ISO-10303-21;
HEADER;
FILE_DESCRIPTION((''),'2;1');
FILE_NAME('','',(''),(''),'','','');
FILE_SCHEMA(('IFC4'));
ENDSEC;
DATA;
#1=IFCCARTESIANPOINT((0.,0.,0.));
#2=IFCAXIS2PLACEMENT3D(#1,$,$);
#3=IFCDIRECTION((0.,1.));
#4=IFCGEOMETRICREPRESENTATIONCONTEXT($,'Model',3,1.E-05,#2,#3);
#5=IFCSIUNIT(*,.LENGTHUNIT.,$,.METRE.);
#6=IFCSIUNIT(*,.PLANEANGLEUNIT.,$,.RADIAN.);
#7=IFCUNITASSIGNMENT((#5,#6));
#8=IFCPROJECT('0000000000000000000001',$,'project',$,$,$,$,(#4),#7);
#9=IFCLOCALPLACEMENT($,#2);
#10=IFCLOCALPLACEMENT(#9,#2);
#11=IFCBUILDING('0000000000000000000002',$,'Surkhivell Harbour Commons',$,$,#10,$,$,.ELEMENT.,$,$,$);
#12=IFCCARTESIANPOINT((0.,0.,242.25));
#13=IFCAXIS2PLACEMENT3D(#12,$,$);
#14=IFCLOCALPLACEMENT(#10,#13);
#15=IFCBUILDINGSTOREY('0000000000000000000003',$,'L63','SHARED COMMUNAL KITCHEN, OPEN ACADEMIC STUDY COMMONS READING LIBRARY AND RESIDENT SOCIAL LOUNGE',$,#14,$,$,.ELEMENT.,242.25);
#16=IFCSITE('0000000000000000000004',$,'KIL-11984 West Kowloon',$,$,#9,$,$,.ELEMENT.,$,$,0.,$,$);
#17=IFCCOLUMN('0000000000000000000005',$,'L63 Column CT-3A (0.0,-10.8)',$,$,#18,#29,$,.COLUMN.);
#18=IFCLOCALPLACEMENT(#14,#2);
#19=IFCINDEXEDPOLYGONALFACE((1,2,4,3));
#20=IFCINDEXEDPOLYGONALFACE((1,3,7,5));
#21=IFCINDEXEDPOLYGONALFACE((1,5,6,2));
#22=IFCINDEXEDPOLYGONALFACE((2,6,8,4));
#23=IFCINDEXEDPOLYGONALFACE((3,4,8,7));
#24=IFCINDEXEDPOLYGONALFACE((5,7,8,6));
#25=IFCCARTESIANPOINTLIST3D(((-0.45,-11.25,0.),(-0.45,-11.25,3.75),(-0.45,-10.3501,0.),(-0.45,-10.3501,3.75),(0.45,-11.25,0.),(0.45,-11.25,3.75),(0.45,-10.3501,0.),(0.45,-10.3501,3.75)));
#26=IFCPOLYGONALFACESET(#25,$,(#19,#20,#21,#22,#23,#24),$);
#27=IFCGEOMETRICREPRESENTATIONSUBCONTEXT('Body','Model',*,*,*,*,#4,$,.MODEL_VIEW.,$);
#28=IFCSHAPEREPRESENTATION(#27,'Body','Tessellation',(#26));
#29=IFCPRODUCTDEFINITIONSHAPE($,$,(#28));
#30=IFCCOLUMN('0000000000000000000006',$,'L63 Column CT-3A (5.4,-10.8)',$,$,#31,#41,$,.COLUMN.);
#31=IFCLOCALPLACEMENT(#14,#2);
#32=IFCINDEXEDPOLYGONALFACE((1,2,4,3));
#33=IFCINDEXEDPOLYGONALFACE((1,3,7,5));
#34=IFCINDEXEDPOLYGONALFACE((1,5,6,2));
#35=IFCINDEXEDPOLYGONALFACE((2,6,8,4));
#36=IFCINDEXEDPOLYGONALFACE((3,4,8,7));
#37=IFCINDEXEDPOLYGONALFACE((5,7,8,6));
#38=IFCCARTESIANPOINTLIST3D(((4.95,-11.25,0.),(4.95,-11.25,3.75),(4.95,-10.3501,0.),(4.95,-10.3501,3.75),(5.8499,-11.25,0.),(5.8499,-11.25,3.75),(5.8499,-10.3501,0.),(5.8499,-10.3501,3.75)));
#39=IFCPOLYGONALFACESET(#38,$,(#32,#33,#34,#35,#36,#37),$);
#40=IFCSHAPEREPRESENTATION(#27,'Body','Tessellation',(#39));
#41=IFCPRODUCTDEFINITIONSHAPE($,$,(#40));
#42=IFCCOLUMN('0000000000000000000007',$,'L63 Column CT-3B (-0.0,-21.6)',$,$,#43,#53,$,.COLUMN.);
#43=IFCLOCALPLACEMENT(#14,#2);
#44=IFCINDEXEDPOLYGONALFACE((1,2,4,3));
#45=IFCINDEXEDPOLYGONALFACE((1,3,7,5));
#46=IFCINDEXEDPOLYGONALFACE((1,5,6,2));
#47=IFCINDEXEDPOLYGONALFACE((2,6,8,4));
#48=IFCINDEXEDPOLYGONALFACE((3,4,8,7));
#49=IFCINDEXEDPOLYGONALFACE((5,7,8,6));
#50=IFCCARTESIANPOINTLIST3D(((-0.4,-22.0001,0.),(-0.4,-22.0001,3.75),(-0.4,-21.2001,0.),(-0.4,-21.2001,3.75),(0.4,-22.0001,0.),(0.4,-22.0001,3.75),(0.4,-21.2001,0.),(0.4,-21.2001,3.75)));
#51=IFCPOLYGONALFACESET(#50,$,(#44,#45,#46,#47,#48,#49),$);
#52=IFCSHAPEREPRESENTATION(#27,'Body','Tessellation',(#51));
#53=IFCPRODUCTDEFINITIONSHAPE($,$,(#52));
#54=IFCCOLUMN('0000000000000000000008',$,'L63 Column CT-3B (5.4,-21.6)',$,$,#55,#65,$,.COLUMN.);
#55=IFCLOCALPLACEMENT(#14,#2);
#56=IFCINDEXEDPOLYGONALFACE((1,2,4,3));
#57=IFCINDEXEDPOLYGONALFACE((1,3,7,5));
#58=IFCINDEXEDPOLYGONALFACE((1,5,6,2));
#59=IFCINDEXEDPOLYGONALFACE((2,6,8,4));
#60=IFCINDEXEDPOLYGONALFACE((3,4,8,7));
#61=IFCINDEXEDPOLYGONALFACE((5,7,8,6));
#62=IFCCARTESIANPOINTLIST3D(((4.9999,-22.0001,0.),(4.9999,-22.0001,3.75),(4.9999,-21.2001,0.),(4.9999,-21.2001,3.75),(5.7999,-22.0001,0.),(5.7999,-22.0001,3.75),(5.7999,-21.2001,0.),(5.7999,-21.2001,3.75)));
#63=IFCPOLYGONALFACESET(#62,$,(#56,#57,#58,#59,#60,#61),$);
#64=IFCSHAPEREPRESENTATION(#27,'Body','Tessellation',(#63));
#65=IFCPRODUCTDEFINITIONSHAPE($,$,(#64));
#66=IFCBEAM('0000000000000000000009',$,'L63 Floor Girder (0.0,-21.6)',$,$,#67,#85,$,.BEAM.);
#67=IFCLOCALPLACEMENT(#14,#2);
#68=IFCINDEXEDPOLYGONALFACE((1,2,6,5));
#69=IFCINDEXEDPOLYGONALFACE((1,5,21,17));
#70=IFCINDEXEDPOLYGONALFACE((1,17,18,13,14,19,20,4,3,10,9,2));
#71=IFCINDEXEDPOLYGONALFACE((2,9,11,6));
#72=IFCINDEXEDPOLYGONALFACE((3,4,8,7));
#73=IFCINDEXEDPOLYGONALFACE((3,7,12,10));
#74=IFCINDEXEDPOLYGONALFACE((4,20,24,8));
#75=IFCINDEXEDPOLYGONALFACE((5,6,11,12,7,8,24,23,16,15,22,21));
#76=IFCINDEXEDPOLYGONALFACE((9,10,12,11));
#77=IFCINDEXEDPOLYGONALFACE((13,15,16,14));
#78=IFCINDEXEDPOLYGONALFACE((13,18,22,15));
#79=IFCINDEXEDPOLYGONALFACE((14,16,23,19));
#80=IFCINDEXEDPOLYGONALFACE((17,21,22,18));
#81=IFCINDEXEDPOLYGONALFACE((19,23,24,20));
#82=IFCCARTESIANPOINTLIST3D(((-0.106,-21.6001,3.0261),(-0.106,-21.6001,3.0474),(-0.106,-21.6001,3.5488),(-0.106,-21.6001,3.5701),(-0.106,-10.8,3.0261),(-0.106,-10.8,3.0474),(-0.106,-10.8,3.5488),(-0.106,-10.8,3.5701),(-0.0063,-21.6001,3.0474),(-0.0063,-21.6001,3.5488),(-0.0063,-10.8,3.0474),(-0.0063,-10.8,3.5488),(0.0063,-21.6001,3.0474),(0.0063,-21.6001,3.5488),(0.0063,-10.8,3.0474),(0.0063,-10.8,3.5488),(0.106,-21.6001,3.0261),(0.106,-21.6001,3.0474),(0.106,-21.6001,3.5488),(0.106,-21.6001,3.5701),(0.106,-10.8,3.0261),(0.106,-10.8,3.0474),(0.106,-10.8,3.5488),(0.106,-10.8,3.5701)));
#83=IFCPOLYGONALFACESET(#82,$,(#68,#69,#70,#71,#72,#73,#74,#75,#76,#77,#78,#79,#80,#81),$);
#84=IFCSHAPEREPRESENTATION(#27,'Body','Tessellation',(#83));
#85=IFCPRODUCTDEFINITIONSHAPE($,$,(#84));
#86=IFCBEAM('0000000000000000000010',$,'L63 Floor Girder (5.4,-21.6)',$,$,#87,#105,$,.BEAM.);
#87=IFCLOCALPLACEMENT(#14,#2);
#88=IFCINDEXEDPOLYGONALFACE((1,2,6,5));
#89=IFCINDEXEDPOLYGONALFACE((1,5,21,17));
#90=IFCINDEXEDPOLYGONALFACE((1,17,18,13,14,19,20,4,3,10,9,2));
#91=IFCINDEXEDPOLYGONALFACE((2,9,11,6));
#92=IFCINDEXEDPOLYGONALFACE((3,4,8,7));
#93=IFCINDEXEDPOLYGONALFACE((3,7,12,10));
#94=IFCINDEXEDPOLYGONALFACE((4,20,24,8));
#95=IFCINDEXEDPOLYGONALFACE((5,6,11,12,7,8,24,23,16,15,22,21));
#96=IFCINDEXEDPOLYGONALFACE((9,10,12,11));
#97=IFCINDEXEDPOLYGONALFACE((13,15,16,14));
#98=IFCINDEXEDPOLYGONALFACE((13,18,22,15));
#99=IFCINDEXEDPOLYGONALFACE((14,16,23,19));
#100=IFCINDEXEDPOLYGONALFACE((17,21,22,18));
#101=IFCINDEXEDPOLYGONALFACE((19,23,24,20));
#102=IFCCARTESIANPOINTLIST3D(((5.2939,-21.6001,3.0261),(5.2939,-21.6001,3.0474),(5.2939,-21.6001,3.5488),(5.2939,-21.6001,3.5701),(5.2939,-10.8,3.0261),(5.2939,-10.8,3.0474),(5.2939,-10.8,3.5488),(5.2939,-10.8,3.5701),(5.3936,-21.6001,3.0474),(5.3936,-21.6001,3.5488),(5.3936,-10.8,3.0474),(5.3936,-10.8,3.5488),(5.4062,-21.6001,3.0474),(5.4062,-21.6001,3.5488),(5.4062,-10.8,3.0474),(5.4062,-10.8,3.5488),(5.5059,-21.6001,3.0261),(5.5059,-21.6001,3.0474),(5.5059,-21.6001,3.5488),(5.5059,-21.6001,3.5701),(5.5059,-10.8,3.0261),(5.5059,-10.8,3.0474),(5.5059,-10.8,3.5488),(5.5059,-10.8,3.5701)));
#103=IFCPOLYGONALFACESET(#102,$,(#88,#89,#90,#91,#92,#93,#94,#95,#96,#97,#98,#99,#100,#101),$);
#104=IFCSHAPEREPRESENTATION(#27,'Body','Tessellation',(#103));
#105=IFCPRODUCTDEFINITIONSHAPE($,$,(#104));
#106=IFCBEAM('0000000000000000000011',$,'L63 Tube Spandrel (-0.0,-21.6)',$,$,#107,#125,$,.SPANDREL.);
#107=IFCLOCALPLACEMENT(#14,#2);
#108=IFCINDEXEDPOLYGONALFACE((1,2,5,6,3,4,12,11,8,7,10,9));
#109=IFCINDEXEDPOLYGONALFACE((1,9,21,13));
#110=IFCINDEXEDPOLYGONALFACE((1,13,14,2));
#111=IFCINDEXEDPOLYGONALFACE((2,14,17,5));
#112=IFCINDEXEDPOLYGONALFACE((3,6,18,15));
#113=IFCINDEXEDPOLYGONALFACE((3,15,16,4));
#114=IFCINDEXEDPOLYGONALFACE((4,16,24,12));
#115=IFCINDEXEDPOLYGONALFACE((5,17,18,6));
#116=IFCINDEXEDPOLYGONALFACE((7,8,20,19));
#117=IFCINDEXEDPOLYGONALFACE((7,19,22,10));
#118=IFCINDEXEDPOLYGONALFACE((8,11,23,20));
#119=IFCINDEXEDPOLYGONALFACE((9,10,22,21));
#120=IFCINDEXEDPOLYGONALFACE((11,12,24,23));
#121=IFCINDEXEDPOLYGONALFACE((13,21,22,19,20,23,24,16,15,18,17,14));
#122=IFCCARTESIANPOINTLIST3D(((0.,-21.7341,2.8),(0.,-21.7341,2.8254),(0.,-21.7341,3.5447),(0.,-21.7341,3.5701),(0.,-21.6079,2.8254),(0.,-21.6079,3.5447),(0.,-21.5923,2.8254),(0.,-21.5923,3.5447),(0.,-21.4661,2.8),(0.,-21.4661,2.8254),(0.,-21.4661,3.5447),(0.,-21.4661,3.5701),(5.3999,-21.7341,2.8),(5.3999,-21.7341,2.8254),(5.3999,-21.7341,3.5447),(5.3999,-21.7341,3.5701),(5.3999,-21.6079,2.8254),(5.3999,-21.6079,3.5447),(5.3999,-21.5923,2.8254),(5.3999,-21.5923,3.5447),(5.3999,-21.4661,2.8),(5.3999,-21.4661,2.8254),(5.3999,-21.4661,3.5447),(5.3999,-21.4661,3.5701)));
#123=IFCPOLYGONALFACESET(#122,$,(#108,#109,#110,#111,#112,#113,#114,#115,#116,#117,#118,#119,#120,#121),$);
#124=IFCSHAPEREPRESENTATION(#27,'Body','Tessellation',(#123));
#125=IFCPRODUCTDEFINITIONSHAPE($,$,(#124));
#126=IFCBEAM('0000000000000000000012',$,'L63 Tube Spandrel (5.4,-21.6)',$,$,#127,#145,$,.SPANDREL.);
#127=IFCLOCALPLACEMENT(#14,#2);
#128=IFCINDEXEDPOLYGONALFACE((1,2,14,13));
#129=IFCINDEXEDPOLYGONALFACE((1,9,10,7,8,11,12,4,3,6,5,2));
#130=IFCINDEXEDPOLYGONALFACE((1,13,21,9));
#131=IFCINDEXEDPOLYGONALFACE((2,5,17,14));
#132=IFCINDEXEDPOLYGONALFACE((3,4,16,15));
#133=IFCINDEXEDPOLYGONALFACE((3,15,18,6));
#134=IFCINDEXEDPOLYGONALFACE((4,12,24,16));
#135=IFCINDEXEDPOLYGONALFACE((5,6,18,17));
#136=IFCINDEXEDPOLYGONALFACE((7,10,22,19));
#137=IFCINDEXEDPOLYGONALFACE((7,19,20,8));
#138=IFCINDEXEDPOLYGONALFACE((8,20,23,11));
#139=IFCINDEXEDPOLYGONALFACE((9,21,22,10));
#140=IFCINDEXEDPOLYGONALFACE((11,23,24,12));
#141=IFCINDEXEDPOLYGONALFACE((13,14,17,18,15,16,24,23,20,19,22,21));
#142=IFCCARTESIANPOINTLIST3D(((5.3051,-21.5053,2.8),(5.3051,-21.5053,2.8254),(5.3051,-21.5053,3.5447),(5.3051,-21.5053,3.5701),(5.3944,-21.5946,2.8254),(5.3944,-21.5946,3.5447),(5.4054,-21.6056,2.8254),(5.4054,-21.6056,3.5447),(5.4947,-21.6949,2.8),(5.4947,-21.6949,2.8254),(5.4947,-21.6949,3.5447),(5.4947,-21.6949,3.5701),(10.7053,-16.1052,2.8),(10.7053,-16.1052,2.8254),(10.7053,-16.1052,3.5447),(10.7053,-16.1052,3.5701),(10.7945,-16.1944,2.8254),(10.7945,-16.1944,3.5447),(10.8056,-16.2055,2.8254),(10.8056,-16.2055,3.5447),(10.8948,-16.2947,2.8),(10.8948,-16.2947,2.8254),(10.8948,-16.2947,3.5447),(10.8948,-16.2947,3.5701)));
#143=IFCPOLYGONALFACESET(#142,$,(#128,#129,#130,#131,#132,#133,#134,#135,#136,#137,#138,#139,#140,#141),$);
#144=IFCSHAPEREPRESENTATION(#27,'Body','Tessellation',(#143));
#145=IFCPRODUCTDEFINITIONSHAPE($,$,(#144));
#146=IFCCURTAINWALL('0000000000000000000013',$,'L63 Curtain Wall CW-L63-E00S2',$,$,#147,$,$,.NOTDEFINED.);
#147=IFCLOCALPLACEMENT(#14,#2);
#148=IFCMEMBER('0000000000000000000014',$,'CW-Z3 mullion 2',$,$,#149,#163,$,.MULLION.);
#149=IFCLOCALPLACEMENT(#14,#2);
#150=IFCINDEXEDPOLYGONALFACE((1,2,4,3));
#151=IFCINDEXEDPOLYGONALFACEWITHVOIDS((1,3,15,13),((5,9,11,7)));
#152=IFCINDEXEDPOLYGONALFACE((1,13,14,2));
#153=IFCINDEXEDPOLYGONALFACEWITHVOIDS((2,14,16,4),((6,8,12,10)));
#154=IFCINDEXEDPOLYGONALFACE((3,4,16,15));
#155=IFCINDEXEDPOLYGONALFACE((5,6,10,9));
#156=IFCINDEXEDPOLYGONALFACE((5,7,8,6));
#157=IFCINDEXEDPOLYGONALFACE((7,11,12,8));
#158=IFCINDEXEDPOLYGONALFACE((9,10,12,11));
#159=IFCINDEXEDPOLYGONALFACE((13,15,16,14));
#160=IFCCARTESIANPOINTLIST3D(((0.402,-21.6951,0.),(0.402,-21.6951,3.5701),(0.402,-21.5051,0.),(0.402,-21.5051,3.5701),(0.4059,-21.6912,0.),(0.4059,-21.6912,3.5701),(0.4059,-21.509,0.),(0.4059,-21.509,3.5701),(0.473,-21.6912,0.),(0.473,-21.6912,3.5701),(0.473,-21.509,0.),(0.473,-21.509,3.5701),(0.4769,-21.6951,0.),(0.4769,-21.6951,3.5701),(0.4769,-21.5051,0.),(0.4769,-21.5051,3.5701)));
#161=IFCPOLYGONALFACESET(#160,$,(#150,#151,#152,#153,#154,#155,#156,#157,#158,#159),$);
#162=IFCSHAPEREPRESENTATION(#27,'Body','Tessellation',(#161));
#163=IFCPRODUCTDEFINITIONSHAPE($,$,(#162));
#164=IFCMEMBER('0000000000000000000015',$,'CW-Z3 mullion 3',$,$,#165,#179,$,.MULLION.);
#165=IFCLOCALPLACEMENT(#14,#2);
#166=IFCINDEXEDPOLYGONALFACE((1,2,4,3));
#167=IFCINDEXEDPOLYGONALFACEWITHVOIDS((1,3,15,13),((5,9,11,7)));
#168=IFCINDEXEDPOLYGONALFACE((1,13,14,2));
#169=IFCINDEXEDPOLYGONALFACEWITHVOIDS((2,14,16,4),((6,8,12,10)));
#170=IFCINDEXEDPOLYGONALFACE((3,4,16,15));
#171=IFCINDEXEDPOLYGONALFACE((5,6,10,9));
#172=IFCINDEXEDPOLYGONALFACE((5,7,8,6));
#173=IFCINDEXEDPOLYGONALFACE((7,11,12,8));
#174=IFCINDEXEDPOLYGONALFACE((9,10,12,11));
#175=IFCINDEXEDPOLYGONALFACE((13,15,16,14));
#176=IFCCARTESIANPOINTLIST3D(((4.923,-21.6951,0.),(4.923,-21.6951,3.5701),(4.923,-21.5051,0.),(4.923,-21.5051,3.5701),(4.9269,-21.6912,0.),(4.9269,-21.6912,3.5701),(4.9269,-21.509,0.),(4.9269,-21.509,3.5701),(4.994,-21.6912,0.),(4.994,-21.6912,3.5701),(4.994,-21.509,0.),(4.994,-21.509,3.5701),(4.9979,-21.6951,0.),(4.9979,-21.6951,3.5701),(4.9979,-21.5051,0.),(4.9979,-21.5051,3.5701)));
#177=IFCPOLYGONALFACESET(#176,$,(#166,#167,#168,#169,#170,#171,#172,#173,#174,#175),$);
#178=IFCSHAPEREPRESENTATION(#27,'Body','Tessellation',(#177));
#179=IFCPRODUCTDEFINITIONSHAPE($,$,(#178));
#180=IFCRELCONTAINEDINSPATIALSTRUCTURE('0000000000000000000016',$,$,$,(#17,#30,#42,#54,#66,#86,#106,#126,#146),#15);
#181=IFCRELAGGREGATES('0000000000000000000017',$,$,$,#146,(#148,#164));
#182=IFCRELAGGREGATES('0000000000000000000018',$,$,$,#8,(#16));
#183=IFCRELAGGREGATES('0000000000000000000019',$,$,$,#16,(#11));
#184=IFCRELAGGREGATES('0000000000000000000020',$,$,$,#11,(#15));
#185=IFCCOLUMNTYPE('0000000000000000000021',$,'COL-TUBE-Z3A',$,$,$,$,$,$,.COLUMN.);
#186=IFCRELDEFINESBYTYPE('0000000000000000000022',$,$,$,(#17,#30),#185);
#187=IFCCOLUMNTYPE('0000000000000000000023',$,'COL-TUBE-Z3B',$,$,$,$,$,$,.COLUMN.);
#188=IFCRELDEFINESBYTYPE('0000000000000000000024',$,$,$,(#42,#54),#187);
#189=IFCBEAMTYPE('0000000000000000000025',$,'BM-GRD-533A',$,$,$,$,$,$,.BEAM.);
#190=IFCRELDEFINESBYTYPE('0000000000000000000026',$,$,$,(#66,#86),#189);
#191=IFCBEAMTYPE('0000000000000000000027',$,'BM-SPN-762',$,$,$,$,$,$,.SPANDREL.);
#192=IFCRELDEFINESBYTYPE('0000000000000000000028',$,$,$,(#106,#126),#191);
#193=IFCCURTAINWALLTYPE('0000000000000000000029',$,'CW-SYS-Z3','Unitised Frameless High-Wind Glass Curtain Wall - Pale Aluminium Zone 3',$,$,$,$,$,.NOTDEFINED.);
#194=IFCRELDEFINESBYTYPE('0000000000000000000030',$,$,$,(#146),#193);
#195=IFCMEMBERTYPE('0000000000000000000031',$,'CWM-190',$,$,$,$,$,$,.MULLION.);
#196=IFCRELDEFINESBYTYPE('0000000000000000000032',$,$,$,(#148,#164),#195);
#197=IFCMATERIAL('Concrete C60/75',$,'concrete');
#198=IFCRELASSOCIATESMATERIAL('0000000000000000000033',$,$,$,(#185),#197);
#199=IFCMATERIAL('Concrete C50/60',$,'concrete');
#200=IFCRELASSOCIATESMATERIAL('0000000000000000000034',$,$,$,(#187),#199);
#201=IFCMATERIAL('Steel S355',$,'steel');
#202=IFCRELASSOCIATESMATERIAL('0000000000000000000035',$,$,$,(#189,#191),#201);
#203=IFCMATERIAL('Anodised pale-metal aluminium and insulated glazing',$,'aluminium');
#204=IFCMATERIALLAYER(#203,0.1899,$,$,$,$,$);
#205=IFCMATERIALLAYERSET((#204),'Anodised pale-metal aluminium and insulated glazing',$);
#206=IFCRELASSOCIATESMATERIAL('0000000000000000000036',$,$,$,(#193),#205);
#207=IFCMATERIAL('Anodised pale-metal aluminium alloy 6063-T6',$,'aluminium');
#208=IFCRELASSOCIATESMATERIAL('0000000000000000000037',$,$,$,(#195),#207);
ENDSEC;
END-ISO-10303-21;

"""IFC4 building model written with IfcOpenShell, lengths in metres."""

from ifc_helpers import new_model, si_unit, direction, frame, origin, origin_2d, place, context, subcontext, project, spatial, rectangle, hollow_rectangle, i_section, extrude, material, layer, layer_set, material_profile, profile_set, type_object, element, aggregate, save


model = new_model("IFC4")

# Units and contexts
model_context = context("Model", 3, precision=1e-05, world=origin(), true_north=direction((0.0, 1.0)))
body_context = subcontext(model_context, "Body", "Model", "MODEL_VIEW")
ifc_project = project(units=[si_unit("LENGTHUNIT", "METRE"), si_unit("PLANEANGLEUNIT", "RADIAN")], contexts=[model_context])

# Site, building, storey
site_placement = place(None, origin())
site = spatial("IfcSite", under=ifc_project, at=site_placement, Name="KIL-11984 West Kowloon", CompositionType="ELEMENT", RefElevation=0.0)
building_placement = place(site_placement, origin())
building = spatial("IfcBuilding", under=site, at=building_placement, Name="Surkhivell Harbour Commons", CompositionType="ELEMENT")
storey_placement = place(building_placement, frame((0.0, 0.0, 242.25)))
storey = spatial("IfcBuildingStorey", under=building, at=storey_placement, Name="L63", Description="SHARED COMMUNAL KITCHEN, OPEN ACADEMIC STUDY COMMONS READING LIBRARY AND RESIDENT SOCIAL LOUNGE", CompositionType="ELEMENT", Elevation=242.25)

# Columns
ifc_material_1 = material(Name="Concrete C60/75", Category="concrete")
ifc_material_profile_1 = material_profile(ifc_material_1, rectangle(XDim=0.8999, YDim=0.8999, at=origin_2d()), Name="RC-COL-900x900")
ifc_profile_set_1 = profile_set([ifc_material_profile_1], Name="Concrete C60/75")
column_type_1 = type_object("IfcColumnType", Name="COL-TUBE-Z3A", PredefinedType="COLUMN", material=ifc_profile_set_1)
for number, where, z_axis, x_axis, name in (
    (1, (0.0, -10.8, 0.0), (0.0, 0.0, 1.0), (1.0, 0.0, 0.0), "L63 Column CT-3A (0.0,-10.8)"),
    (2, (5.3999, -10.8, 0.0), (0.0, 0.0, 1.0), (1.0, 0.0, 0.0), "L63 Column CT-3A (5.4,-10.8)"),
):
    element("IfcColumn", number, at=place(storey_placement, frame(where, z_axis=z_axis, x_axis=x_axis)), inside=storey, type_object=column_type_1, Name=name, PredefinedType="COLUMN", context=body_context, shape_type="SweptSolid", body=[
        extrude(rectangle(XDim=0.8999, YDim=0.8999, at=origin_2d()), origin(), (0.0, 0.0, 1.0), 3.75),
    ])
ifc_material_2 = material(Name="Concrete C50/60", Category="concrete")
ifc_material_profile_2 = material_profile(ifc_material_2, rectangle(XDim=0.8, YDim=0.8, at=origin_2d()), Name="RC-COL-800x800")
ifc_profile_set_2 = profile_set([ifc_material_profile_2], Name="Concrete C50/60")
column_type_2 = type_object("IfcColumnType", Name="COL-TUBE-Z3B", PredefinedType="COLUMN", material=ifc_profile_set_2)
for number, where, z_axis, x_axis, name in (
    (3, (0.0, -21.6001, 0.0), (0.0, 0.0, 1.0), (1.0, 0.0, 0.0), "L63 Column CT-3B (-0.0,-21.6)"),
    (4, (5.3999, -21.6001, 0.0), (0.0, 0.0, 1.0), (1.0, 0.0, 0.0), "L63 Column CT-3B (5.4,-21.6)"),
):
    element("IfcColumn", number, at=place(storey_placement, frame(where, z_axis=z_axis, x_axis=x_axis)), inside=storey, type_object=column_type_2, Name=name, PredefinedType="COLUMN", context=body_context, shape_type="SweptSolid", body=[
        extrude(rectangle(XDim=0.8, YDim=0.8, at=origin_2d()), origin(), (0.0, 0.0, 1.0), 3.75),
    ])

# Beams
ifc_material_3 = material(Name="Steel S355", Category="steel")
ifc_material_profile_3 = material_profile(ifc_material_3, i_section(OverallWidth=0.2119, OverallDepth=0.5439, WebThickness=0.0127, FlangeThickness=0.0212, at=origin_2d()), Name="UB533x210x122")
ifc_profile_set_3 = profile_set([ifc_material_profile_3], Name="Steel S355")
beam_type_1 = type_object("IfcBeamType", Name="BM-GRD-533A", PredefinedType="BEAM", material=ifc_profile_set_3)
for number, where, z_axis, x_axis, name in (
    (5, (0.0, -21.6001, 3.2981), (0.0, 1.0, 0.0), (-1.0, 0.0, 0.0), "L63 Floor Girder (0.0,-21.6)"),
    (6, (5.3999, -21.6001, 3.2981), (0.0, 1.0, 0.0), (-1.0, 0.0, 0.0), "L63 Floor Girder (5.4,-21.6)"),
):
    element("IfcBeam", number, at=place(storey_placement, frame(where, z_axis=z_axis, x_axis=x_axis)), inside=storey, type_object=beam_type_1, Name=name, PredefinedType="BEAM", context=body_context, shape_type="SweptSolid", body=[
        extrude(i_section(OverallWidth=0.2119, OverallDepth=0.5439, WebThickness=0.0127, FlangeThickness=0.0212, at=origin_2d()), origin(), (0.0, 0.0, 1.0), 10.8),
    ])
ifc_material_profile_4 = material_profile(ifc_material_3, i_section(OverallWidth=0.2681, OverallDepth=0.77, WebThickness=0.0156, FlangeThickness=0.0254, at=origin_2d()), Name="UB762x267x197")
ifc_profile_set_4 = profile_set([ifc_material_profile_4], Name="Steel S355")
beam_type_2 = type_object("IfcBeamType", Name="BM-SPN-762", PredefinedType="SPANDREL", material=ifc_profile_set_4)
beam_1_placement = place(storey_placement, frame((0.0, -21.6001, 3.1851), z_axis=(1.0, 0.0, 0.0), x_axis=(0.0, 1.0, 0.0)))
element("IfcBeam", 7, at=beam_1_placement, inside=storey, type_object=beam_type_2, Name="L63 Tube Spandrel (-0.0,-21.6)", PredefinedType="SPANDREL", context=body_context, shape_type="SweptSolid", body=[
    extrude(i_section(OverallWidth=0.2681, OverallDepth=0.77, WebThickness=0.0156, FlangeThickness=0.0254, at=origin_2d()), origin(), (0.0, 0.0, 1.0), 5.3999),
])
beam_2_placement = place(storey_placement, frame((5.3999, -21.6001, 3.1851), z_axis=(0.707107, 0.707107, 0.0), x_axis=(-0.707107, 0.707107, 0.0)))
element("IfcBeam", 8, at=beam_2_placement, inside=storey, type_object=beam_type_2, Name="L63 Tube Spandrel (5.4,-21.6)", PredefinedType="SPANDREL", context=body_context, shape_type="SweptSolid", body=[
    extrude(i_section(OverallWidth=0.2681, OverallDepth=0.77, WebThickness=0.0156, FlangeThickness=0.0254, at=origin_2d()), origin(), (0.0, 0.0, 1.0), 7.637),
])

# Curtain wall, members
ifc_material_4 = material(Name="Anodised pale-metal aluminium and insulated glazing", Category="aluminium")
ifc_layer_1 = layer(ifc_material_4, 0.1899)
ifc_layer_set_1 = layer_set([ifc_layer_1], Name="Anodised pale-metal aluminium and insulated glazing")
curtain_wall_type = type_object("IfcCurtainWallType", Name="CW-SYS-Z3", Description="Unitised Frameless High-Wind Glass Curtain Wall - Pale Aluminium Zone 3", PredefinedType="NOTDEFINED", material=ifc_layer_set_1)
curtain_wall_placement = place(storey_placement, origin())
curtain_wall = element("IfcCurtainWall", 9, at=curtain_wall_placement, inside=storey, type_object=curtain_wall_type, Name="L63 Curtain Wall CW-L63-E00S2", PredefinedType="NOTDEFINED")
ifc_material_5 = material(Name="Anodised pale-metal aluminium alloy 6063-T6", Category="aluminium")
ifc_material_profile_5 = material_profile(ifc_material_5, hollow_rectangle(XDim=0.075, YDim=0.1899, WallThickness=0.0039, at=origin_2d()), Name="ALU-MULL-75x190")
ifc_profile_set_5 = profile_set([ifc_material_profile_5], Name="Anodised pale-metal aluminium alloy 6063-T6")
member_type_1 = type_object("IfcMemberType", Name="CWM-190", PredefinedType="MULLION", material=ifc_profile_set_5)
member_1_placement = place(storey_placement, frame((0.4395, -21.6001, 0.0), z_axis=(0.0, 0.0, 1.0), x_axis=(1.0, 0.0, 0.0)))
member_1 = element("IfcMember", 10, at=member_1_placement, type_object=member_type_1, Name="CW-Z3 mullion 2", PredefinedType="MULLION", context=body_context, shape_type="SweptSolid", body=[
    extrude(hollow_rectangle(XDim=0.075, YDim=0.1899, WallThickness=0.0039, at=origin_2d()), origin(), (0.0, 0.0, 1.0), 3.5701),
])
member_2_placement = place(storey_placement, frame((4.9604, -21.6001, 0.0), z_axis=(0.0, 0.0, 1.0), x_axis=(1.0, 0.0, 0.0)))
member_2 = element("IfcMember", 11, at=member_2_placement, type_object=member_type_1, Name="CW-Z3 mullion 3", PredefinedType="MULLION", context=body_context, shape_type="SweptSolid", body=[
    extrude(hollow_rectangle(XDim=0.075, YDim=0.1899, WallThickness=0.0039, at=origin_2d()), origin(), (0.0, 0.0, 1.0), 3.5701),
])
aggregate(curtain_wall, [member_1, member_2])

save(model, "model.ifc")
